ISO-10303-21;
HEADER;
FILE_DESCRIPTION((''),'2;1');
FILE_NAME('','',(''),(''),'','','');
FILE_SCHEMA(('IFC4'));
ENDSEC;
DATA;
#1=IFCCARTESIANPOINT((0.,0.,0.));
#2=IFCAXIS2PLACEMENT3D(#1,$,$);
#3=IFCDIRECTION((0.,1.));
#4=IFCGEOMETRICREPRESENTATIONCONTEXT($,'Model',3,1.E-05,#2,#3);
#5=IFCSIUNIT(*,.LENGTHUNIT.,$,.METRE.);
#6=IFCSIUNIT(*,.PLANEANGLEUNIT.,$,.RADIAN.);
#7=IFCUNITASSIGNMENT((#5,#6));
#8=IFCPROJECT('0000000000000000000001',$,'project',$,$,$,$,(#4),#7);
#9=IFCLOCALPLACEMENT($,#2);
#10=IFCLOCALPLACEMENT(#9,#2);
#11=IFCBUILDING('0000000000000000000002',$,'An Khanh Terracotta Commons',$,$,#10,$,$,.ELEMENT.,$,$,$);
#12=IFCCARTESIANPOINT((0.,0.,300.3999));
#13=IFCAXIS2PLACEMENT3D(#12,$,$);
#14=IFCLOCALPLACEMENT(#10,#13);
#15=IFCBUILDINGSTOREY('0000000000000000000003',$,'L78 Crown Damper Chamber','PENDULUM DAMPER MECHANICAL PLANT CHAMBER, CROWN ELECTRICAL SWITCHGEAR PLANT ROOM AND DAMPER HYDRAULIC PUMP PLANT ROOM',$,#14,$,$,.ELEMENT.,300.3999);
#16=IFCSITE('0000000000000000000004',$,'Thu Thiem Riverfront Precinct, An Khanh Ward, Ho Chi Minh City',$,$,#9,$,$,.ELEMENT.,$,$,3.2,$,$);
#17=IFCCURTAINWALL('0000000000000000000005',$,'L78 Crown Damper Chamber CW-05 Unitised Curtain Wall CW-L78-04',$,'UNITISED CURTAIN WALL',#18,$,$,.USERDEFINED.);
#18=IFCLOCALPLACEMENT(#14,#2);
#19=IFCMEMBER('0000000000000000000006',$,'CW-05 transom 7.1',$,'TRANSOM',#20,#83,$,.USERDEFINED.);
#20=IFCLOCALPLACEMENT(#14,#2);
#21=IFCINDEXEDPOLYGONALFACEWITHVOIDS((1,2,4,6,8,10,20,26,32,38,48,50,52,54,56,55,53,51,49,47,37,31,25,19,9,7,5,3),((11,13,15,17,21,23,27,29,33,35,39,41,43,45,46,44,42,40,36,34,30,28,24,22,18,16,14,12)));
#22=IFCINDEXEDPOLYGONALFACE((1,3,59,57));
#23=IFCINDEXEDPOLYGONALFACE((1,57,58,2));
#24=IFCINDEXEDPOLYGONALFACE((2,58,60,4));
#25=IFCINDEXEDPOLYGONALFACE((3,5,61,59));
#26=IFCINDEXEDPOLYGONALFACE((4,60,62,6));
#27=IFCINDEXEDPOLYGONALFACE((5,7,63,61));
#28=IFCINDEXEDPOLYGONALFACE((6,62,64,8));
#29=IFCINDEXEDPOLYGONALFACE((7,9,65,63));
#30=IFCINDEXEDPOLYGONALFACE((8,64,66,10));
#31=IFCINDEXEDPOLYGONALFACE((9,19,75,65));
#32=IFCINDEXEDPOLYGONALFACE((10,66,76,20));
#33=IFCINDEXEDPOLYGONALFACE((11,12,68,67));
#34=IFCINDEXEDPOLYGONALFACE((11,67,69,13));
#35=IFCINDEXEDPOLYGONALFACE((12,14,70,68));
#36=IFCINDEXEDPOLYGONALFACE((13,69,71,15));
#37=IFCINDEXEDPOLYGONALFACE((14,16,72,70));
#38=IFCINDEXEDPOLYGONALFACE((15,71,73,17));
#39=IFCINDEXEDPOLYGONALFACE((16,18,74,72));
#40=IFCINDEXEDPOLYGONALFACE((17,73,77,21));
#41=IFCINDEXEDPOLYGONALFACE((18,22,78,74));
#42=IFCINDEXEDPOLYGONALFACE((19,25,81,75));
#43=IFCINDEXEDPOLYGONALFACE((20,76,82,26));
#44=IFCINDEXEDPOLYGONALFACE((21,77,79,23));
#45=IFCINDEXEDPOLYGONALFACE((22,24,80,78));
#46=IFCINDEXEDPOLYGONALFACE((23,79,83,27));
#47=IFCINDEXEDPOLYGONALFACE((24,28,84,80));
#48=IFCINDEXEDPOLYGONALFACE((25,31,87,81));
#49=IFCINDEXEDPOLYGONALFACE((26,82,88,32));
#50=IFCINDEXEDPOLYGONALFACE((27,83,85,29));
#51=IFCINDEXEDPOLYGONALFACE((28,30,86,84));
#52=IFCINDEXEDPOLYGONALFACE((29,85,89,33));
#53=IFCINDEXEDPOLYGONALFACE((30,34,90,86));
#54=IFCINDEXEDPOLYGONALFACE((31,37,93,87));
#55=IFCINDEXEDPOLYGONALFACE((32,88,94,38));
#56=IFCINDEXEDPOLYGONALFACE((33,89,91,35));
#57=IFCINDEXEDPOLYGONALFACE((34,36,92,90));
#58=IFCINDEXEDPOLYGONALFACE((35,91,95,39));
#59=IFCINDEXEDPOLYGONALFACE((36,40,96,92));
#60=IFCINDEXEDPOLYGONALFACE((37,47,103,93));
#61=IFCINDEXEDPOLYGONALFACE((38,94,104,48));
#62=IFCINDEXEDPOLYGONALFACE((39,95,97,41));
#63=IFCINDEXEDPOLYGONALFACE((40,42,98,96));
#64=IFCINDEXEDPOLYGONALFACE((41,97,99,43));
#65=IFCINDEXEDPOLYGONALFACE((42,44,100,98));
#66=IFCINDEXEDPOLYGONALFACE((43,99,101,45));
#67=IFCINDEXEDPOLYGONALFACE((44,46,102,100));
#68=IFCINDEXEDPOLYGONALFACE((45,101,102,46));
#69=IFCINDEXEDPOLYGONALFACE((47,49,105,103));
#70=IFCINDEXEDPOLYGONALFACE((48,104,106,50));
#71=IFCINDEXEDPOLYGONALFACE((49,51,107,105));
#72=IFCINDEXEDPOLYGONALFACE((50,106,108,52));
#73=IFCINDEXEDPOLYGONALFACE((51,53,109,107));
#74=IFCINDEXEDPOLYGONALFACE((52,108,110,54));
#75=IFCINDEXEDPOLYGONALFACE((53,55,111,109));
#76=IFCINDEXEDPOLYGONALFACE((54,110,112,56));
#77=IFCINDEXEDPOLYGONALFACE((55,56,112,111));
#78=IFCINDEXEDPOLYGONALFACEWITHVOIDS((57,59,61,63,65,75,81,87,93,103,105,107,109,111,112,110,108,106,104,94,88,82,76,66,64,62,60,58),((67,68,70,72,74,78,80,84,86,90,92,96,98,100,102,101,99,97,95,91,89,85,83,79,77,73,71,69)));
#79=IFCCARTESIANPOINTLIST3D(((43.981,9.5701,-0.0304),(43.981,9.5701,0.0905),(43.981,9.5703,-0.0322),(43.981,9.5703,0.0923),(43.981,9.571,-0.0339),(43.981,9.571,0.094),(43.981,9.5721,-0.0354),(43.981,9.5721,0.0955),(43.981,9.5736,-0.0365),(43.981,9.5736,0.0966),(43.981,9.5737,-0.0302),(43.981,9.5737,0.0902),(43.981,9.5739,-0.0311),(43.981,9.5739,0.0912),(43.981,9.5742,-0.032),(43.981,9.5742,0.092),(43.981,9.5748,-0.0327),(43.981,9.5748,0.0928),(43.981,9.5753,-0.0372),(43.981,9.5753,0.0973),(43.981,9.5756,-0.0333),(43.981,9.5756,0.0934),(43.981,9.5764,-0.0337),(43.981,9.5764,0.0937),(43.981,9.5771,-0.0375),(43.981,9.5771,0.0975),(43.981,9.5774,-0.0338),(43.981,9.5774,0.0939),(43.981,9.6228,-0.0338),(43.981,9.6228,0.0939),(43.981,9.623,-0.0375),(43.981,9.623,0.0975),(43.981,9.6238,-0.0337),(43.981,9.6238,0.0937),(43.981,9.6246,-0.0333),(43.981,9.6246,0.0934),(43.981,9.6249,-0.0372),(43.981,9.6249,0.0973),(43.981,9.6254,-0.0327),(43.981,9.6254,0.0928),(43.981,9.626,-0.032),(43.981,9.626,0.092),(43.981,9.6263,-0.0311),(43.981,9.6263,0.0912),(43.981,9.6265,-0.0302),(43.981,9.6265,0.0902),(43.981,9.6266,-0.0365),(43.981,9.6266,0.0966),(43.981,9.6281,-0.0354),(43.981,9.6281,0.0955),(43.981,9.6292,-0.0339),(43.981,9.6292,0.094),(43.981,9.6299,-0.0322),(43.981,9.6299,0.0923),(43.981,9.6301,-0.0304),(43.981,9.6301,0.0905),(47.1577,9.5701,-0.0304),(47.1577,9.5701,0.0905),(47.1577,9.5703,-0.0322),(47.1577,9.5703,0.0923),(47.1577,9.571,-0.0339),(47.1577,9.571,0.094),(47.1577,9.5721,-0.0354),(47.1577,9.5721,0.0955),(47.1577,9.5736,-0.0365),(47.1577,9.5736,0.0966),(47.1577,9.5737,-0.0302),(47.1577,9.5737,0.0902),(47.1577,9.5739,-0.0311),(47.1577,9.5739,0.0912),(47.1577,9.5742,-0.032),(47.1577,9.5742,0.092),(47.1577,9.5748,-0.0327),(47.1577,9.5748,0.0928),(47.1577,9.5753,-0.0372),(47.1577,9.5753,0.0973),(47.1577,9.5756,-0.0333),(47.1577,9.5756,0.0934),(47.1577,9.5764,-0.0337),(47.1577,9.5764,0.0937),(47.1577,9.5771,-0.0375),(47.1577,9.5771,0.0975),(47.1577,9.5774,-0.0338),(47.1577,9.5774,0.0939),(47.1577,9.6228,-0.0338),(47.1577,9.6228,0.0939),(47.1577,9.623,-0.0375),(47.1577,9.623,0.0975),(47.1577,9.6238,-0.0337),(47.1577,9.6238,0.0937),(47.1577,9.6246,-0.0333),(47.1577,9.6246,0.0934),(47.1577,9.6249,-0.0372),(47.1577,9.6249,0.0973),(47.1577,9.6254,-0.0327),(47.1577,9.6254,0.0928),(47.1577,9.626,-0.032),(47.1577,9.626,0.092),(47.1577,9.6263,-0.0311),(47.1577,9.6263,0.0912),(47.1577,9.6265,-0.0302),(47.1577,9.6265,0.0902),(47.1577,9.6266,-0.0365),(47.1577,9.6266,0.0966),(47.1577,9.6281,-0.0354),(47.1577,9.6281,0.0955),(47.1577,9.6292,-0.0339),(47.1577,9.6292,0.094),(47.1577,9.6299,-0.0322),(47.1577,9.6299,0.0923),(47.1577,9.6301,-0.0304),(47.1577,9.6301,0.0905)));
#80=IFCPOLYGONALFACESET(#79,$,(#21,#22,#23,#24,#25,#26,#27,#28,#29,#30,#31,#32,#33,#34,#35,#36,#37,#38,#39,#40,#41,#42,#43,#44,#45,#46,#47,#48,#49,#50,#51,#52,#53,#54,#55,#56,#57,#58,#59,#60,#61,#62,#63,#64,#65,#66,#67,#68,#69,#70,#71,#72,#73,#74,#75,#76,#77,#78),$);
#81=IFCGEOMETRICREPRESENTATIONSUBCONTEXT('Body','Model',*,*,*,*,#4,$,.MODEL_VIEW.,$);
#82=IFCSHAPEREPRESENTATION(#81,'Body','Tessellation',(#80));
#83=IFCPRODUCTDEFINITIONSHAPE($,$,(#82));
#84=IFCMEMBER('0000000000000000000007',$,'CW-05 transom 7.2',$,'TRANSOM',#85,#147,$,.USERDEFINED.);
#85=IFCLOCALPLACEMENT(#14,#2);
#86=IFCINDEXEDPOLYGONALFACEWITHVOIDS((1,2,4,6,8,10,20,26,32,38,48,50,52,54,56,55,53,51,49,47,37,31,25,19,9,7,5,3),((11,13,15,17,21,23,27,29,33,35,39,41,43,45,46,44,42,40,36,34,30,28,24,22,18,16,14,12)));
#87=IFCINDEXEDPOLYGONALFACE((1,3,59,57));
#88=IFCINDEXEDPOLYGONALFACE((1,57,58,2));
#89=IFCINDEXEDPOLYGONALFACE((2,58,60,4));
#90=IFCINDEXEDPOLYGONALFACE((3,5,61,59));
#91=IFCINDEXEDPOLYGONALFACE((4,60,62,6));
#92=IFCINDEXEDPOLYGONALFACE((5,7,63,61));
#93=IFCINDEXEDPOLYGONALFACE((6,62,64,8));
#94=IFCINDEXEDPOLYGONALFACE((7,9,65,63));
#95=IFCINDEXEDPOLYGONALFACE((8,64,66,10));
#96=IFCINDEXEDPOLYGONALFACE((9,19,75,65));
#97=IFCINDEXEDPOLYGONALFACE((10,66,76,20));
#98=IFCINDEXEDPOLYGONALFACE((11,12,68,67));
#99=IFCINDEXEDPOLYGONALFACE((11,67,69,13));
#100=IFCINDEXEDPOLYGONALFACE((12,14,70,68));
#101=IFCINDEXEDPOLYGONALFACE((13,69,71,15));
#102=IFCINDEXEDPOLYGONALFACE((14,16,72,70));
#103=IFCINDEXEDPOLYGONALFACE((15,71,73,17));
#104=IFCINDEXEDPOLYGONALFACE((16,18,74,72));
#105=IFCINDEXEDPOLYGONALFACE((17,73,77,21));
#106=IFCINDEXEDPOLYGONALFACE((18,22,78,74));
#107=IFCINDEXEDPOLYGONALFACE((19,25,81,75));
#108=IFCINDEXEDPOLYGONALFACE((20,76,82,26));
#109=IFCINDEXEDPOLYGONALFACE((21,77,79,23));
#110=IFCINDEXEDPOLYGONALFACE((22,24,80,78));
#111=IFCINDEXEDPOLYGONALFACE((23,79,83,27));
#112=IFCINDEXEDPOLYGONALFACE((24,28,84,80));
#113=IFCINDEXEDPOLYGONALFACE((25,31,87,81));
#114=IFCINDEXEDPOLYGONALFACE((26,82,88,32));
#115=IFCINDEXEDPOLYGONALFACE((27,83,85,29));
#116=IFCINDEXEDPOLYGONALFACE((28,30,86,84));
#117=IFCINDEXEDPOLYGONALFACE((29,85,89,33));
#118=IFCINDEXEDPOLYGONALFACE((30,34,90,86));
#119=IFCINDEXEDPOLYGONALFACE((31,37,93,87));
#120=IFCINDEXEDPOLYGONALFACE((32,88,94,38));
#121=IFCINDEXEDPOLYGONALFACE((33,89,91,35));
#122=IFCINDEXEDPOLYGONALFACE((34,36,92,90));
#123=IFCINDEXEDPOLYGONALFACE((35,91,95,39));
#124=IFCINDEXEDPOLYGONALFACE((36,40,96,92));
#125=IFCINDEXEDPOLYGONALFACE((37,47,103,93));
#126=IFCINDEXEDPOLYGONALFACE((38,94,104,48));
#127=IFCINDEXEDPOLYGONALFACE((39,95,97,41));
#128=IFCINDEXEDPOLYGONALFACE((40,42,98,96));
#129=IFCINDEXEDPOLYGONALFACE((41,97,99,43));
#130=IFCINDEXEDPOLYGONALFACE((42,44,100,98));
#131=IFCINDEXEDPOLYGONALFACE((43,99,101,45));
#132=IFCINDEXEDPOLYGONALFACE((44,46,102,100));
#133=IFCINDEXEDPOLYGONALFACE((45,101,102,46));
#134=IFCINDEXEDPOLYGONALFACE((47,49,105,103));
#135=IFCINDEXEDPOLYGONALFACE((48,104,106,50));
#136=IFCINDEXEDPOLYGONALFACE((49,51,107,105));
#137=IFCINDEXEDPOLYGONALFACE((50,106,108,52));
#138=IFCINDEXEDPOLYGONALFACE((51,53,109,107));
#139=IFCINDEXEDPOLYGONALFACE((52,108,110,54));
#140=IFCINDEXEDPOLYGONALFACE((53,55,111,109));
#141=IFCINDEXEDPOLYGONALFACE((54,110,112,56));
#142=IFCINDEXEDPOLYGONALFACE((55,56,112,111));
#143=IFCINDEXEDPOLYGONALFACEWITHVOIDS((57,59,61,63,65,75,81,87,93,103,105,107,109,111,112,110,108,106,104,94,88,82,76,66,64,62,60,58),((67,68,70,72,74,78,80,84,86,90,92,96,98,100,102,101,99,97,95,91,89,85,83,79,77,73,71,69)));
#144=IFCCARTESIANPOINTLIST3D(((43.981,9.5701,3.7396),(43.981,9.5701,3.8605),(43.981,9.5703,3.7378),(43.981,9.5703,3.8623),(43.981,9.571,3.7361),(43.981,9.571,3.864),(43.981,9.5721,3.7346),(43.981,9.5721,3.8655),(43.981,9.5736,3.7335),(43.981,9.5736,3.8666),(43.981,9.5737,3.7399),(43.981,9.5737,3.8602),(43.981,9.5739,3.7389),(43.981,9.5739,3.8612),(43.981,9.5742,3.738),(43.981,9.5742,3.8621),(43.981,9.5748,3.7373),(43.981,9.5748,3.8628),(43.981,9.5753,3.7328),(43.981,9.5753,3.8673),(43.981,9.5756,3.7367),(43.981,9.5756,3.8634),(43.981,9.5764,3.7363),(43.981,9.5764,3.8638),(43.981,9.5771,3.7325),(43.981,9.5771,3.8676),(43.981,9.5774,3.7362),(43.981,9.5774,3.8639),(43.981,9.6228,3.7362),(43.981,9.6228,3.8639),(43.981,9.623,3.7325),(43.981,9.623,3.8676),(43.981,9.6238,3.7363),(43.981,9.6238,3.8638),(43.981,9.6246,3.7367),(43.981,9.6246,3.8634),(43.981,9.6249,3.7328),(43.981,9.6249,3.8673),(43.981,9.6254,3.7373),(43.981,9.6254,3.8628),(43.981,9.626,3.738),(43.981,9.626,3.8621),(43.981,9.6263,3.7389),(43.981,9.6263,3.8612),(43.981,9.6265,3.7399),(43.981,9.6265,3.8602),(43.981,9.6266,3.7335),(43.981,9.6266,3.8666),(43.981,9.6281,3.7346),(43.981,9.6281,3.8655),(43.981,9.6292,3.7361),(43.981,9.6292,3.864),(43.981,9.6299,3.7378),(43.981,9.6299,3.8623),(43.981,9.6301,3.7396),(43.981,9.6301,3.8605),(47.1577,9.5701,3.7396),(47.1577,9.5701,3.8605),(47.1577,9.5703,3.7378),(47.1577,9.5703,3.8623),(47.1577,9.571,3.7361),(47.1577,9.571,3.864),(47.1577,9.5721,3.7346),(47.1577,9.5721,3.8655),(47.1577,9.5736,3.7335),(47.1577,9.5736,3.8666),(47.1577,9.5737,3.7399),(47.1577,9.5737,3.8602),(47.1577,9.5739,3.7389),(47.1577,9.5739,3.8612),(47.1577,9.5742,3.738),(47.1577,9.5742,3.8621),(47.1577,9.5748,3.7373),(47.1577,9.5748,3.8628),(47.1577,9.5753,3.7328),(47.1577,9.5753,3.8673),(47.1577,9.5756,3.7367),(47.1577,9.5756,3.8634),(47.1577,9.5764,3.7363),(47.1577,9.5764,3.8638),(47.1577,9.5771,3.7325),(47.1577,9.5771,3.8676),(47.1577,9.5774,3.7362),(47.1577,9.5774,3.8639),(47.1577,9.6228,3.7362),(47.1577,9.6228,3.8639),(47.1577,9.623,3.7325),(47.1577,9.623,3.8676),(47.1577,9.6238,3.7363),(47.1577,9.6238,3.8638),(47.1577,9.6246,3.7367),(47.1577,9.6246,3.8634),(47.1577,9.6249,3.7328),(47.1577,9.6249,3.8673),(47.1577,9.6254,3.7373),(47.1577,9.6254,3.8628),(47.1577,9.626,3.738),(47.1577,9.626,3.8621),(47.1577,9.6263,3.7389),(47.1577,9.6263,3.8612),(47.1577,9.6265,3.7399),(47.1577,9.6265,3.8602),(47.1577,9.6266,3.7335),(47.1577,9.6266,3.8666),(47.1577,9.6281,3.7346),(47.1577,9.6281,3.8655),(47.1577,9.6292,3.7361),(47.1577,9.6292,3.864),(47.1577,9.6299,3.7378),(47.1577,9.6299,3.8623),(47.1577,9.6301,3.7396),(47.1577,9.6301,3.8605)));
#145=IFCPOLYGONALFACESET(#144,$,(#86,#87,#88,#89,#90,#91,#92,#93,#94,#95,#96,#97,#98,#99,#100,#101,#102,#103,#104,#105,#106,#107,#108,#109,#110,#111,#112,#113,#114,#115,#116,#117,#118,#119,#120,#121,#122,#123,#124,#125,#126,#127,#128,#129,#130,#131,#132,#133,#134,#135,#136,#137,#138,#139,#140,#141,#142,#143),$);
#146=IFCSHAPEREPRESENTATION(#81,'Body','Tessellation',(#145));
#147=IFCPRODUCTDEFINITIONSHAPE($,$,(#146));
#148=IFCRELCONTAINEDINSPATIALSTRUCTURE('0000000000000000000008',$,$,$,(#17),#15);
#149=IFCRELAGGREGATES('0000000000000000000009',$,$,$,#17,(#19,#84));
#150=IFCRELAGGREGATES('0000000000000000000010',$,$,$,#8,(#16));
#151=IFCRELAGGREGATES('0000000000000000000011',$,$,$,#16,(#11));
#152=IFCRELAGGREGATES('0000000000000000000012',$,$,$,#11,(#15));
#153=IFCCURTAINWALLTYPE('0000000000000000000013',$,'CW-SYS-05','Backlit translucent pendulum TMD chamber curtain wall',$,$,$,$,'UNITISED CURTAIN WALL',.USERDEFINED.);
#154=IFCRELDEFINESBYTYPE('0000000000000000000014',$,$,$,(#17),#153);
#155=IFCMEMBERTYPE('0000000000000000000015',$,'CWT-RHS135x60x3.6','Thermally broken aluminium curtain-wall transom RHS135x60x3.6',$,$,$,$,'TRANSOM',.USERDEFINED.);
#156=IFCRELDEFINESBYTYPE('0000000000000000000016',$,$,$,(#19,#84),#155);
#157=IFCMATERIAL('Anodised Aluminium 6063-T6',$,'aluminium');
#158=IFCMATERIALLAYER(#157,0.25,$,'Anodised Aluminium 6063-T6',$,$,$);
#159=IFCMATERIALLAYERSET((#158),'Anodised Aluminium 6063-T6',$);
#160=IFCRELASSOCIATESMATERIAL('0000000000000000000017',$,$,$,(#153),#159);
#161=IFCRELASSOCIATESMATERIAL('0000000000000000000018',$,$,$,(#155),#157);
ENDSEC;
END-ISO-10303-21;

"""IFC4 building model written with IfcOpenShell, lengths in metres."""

from ifc_helpers import new_model, si_unit, direction, frame, origin, origin_2d, place, context, subcontext, project, spatial, hollow_rectangle, extrude, material, layer, layer_set, material_profile, profile_set, type_object, element, aggregate, save


model = new_model("IFC4")

# Units and contexts
model_context = context("Model", 3, precision=1e-05, world=origin(), true_north=direction((0.0, 1.0)))
body_context = subcontext(model_context, "Body", "Model", "MODEL_VIEW")
ifc_project = project(units=[si_unit("LENGTHUNIT", "METRE"), si_unit("PLANEANGLEUNIT", "RADIAN")], contexts=[model_context])

# Site, building, storey
site_placement = place(None, origin())
site = spatial("IfcSite", under=ifc_project, at=site_placement, Name="Thu Thiem Riverfront Precinct, An Khanh Ward, Ho Chi Minh City", CompositionType="ELEMENT", RefElevation=3.2)
building_placement = place(site_placement, origin())
building = spatial("IfcBuilding", under=site, at=building_placement, Name="An Khanh Terracotta Commons", CompositionType="ELEMENT")
storey_placement = place(building_placement, frame((0.0, 0.0, 300.3999)))
storey = spatial("IfcBuildingStorey", under=building, at=storey_placement, Name="L78 Crown Damper Chamber", Description="PENDULUM DAMPER MECHANICAL PLANT CHAMBER, CROWN ELECTRICAL SWITCHGEAR PLANT ROOM AND DAMPER HYDRAULIC PUMP PLANT ROOM", CompositionType="ELEMENT", Elevation=300.3999)

# Curtain wall, members
ifc_material_1 = material(Name="Anodised Aluminium 6063-T6", Category="aluminium")
ifc_layer_1 = layer(ifc_material_1, 0.25, Name="Anodised Aluminium 6063-T6")
ifc_layer_set_1 = layer_set([ifc_layer_1], Name="Anodised Aluminium 6063-T6")
curtain_wall_type = type_object("IfcCurtainWallType", Name="CW-SYS-05", Description="Backlit translucent pendulum TMD chamber curtain wall", ElementType="UNITISED CURTAIN WALL", PredefinedType="USERDEFINED", material=ifc_layer_set_1)
curtain_wall_placement = place(storey_placement, origin())
curtain_wall = element("IfcCurtainWall", 1, at=curtain_wall_placement, inside=storey, type_object=curtain_wall_type, Name="L78 Crown Damper Chamber CW-05 Unitised Curtain Wall CW-L78-04", ObjectType="UNITISED CURTAIN WALL", PredefinedType="USERDEFINED")
ifc_material_profile_1 = material_profile(ifc_material_1, hollow_rectangle(XDim=0.0601, YDim=0.135, WallThickness=0.0037, InnerFilletRadius=0.0037, OuterFilletRadius=0.0071, at=origin_2d()), Name="RHS135x60x3.6")
ifc_profile_set_1 = profile_set([ifc_material_profile_1], Name="Anodised Aluminium 6063-T6")
member_type_1 = type_object("IfcMemberType", Name="CWT-RHS135x60x3.6", Description="Thermally broken aluminium curtain-wall transom RHS135x60x3.6", ElementType="TRANSOM", PredefinedType="USERDEFINED", material=ifc_profile_set_1)
member_1_placement = place(storey_placement, frame((43.981, 9.6001, 0.03), z_axis=(1.0, 0.0, 0.0), x_axis=(0.0, 1.0, 0.0)))
member_1 = element("IfcMember", 2, at=member_1_placement, type_object=member_type_1, Name="CW-05 transom 7.1", ObjectType="TRANSOM", PredefinedType="USERDEFINED", context=body_context, shape_type="SweptSolid", body=[
    extrude(hollow_rectangle(XDim=0.0601, YDim=0.135, WallThickness=0.0037, InnerFilletRadius=0.0037, OuterFilletRadius=0.0071, at=origin_2d()), origin(), (0.0, 0.0, 1.0), 3.1768),
])
member_2_placement = place(storey_placement, frame((43.981, 9.6001, 3.8), z_axis=(1.0, 0.0, 0.0), x_axis=(0.0, 1.0, 0.0)))
member_2 = element("IfcMember", 3, at=member_2_placement, type_object=member_type_1, Name="CW-05 transom 7.2", ObjectType="TRANSOM", PredefinedType="USERDEFINED", context=body_context, shape_type="SweptSolid", body=[
    extrude(hollow_rectangle(XDim=0.0601, YDim=0.135, WallThickness=0.0037, InnerFilletRadius=0.0037, OuterFilletRadius=0.0071, at=origin_2d()), origin(), (0.0, 0.0, 1.0), 3.1768),
])

aggregate(curtain_wall, [member_1, member_2])

save(model, "model.ifc")
